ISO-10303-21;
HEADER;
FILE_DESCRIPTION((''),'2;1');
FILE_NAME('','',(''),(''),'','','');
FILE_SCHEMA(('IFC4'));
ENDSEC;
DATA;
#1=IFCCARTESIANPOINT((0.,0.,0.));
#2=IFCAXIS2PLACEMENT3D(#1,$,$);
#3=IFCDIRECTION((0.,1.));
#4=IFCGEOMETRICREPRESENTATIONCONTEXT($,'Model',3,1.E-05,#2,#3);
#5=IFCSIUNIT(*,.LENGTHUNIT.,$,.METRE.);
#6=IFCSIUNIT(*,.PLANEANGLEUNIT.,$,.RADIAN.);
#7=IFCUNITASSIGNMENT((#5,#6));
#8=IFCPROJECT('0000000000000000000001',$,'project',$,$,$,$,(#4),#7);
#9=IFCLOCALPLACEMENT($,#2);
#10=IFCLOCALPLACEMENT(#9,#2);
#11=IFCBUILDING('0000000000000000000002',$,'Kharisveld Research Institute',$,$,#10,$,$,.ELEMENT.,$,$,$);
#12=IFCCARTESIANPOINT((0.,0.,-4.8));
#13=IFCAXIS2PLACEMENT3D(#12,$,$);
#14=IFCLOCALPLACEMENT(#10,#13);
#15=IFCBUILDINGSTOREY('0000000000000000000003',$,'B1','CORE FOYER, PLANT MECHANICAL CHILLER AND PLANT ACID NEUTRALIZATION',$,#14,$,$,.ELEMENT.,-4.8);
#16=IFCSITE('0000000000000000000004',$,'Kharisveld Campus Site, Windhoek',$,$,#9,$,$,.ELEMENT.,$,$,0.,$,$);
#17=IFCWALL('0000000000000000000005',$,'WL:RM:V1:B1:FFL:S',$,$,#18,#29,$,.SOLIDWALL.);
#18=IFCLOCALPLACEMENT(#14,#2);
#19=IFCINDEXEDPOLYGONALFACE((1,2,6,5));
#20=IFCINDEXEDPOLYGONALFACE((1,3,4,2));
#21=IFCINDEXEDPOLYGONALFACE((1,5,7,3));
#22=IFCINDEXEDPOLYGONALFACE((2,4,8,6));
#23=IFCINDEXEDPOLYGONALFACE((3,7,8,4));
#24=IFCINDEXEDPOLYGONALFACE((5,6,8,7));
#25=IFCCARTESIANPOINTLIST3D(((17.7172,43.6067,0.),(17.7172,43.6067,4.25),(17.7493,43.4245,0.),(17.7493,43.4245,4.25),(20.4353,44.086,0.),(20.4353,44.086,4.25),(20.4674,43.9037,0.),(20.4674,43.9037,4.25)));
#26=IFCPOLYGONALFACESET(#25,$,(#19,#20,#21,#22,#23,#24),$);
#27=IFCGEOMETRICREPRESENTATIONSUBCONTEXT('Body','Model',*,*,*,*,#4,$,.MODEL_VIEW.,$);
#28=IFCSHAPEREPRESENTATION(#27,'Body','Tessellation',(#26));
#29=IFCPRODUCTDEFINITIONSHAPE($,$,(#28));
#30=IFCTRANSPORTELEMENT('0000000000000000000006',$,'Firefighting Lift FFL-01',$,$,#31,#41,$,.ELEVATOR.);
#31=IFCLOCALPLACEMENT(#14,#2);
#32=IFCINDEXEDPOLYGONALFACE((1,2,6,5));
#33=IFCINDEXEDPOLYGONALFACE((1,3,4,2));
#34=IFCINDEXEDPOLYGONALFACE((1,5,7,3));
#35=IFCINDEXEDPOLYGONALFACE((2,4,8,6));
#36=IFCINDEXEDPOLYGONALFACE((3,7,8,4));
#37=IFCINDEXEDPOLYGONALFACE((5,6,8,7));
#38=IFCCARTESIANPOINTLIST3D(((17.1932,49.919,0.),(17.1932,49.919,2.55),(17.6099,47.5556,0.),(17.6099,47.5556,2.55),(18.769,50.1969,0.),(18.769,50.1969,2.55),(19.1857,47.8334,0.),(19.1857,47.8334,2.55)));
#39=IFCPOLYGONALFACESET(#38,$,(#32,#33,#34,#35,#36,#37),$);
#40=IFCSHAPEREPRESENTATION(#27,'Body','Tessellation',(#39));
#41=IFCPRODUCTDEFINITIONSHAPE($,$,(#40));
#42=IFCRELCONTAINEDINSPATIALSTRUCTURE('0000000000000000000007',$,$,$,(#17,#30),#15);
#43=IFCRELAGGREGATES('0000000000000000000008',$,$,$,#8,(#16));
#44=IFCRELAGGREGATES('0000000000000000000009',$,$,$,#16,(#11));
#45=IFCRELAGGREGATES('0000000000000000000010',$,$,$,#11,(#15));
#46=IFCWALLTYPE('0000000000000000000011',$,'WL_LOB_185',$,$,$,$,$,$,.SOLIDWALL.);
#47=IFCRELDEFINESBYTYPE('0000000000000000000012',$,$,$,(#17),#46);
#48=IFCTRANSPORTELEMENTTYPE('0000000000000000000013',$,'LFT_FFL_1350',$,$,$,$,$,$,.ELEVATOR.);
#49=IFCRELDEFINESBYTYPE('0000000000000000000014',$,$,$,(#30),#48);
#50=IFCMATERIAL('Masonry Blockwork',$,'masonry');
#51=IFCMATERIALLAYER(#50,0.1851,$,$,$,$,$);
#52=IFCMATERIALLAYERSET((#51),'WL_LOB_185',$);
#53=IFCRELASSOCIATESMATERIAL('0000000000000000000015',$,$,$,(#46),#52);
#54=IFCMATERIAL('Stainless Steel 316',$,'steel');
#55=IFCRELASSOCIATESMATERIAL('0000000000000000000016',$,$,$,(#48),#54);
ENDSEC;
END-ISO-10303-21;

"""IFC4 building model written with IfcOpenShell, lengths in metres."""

from ifc_helpers import new_model, si_unit, direction, frame, frame_2d, origin, origin_2d, place, context, subcontext, project, spatial, rectangle, extrude, material, layer, layer_set, type_object, element, save


model = new_model("IFC4")

# Units and contexts
model_context = context("Model", 3, precision=1e-05, world=origin(), true_north=direction((0.0, 1.0)))
body_context = subcontext(model_context, "Body", "Model", "MODEL_VIEW")
ifc_project = project(units=[si_unit("LENGTHUNIT", "METRE"), si_unit("PLANEANGLEUNIT", "RADIAN")], contexts=[model_context])

# Site, building, storey
site_placement = place(None, origin())
site = spatial("IfcSite", under=ifc_project, at=site_placement, Name="Kharisveld Campus Site, Windhoek", CompositionType="ELEMENT", RefElevation=0.0)
building_placement = place(site_placement, origin())
building = spatial("IfcBuilding", under=site, at=building_placement, Name="Kharisveld Research Institute", CompositionType="ELEMENT")
storey_placement = place(building_placement, frame((0.0, 0.0, -4.8)))
storey = spatial("IfcBuildingStorey", under=building, at=storey_placement, Name="B1", Description="CORE FOYER, PLANT MECHANICAL CHILLER AND PLANT ACID NEUTRALIZATION", CompositionType="ELEMENT", Elevation=-4.8)

# Wall
ifc_material_1 = material(Name="Masonry Blockwork", Category="masonry")
ifc_layer_1 = layer(ifc_material_1, 0.1851)
ifc_layer_set_1 = layer_set([ifc_layer_1], Name="WL_LOB_185")
wall_type_1 = type_object("IfcWallType", Name="WL_LOB_185", PredefinedType="SOLIDWALL", material=ifc_layer_set_1)
wall_1_placement = place(storey_placement, frame((17.7334, 43.5156, 0.0), z_axis=(0.0, 0.0, 1.0), x_axis=(0.984808, 0.173644, 0.0)))
element("IfcWall", 1, at=wall_1_placement, inside=storey, type_object=wall_type_1, Name="WL:RM:V1:B1:FFL:S", PredefinedType="SOLIDWALL", context=body_context, shape_type="SweptSolid", body=[
    extrude(rectangle(XDim=2.76, YDim=0.1851, at=frame_2d((1.3799, 0.0))), origin(), (0.0, 0.0, 1.0), 4.25),
])

# Transport element
ifc_material_2 = material(Name="Stainless Steel 316", Category="steel")
transport_element_type = type_object("IfcTransportElementType", Name="LFT_FFL_1350", PredefinedType="ELEVATOR", material=ifc_material_2)
transport_element_placement = place(storey_placement, frame((18.1895, 48.8762, 0.0), z_axis=(0.0, 0.0, 1.0), x_axis=(0.984808, 0.173648, 0.0)))
element("IfcTransportElement", 2, at=transport_element_placement, inside=storey, type_object=transport_element_type, Name="Firefighting Lift FFL-01", PredefinedType="ELEVATOR", context=body_context, shape_type="SweptSolid", body=[
    extrude(rectangle(XDim=1.6001, YDim=2.3999, at=origin_2d()), origin(), (0.0, 0.0, 1.0), 2.55),
])

save(model, "model.ifc")
